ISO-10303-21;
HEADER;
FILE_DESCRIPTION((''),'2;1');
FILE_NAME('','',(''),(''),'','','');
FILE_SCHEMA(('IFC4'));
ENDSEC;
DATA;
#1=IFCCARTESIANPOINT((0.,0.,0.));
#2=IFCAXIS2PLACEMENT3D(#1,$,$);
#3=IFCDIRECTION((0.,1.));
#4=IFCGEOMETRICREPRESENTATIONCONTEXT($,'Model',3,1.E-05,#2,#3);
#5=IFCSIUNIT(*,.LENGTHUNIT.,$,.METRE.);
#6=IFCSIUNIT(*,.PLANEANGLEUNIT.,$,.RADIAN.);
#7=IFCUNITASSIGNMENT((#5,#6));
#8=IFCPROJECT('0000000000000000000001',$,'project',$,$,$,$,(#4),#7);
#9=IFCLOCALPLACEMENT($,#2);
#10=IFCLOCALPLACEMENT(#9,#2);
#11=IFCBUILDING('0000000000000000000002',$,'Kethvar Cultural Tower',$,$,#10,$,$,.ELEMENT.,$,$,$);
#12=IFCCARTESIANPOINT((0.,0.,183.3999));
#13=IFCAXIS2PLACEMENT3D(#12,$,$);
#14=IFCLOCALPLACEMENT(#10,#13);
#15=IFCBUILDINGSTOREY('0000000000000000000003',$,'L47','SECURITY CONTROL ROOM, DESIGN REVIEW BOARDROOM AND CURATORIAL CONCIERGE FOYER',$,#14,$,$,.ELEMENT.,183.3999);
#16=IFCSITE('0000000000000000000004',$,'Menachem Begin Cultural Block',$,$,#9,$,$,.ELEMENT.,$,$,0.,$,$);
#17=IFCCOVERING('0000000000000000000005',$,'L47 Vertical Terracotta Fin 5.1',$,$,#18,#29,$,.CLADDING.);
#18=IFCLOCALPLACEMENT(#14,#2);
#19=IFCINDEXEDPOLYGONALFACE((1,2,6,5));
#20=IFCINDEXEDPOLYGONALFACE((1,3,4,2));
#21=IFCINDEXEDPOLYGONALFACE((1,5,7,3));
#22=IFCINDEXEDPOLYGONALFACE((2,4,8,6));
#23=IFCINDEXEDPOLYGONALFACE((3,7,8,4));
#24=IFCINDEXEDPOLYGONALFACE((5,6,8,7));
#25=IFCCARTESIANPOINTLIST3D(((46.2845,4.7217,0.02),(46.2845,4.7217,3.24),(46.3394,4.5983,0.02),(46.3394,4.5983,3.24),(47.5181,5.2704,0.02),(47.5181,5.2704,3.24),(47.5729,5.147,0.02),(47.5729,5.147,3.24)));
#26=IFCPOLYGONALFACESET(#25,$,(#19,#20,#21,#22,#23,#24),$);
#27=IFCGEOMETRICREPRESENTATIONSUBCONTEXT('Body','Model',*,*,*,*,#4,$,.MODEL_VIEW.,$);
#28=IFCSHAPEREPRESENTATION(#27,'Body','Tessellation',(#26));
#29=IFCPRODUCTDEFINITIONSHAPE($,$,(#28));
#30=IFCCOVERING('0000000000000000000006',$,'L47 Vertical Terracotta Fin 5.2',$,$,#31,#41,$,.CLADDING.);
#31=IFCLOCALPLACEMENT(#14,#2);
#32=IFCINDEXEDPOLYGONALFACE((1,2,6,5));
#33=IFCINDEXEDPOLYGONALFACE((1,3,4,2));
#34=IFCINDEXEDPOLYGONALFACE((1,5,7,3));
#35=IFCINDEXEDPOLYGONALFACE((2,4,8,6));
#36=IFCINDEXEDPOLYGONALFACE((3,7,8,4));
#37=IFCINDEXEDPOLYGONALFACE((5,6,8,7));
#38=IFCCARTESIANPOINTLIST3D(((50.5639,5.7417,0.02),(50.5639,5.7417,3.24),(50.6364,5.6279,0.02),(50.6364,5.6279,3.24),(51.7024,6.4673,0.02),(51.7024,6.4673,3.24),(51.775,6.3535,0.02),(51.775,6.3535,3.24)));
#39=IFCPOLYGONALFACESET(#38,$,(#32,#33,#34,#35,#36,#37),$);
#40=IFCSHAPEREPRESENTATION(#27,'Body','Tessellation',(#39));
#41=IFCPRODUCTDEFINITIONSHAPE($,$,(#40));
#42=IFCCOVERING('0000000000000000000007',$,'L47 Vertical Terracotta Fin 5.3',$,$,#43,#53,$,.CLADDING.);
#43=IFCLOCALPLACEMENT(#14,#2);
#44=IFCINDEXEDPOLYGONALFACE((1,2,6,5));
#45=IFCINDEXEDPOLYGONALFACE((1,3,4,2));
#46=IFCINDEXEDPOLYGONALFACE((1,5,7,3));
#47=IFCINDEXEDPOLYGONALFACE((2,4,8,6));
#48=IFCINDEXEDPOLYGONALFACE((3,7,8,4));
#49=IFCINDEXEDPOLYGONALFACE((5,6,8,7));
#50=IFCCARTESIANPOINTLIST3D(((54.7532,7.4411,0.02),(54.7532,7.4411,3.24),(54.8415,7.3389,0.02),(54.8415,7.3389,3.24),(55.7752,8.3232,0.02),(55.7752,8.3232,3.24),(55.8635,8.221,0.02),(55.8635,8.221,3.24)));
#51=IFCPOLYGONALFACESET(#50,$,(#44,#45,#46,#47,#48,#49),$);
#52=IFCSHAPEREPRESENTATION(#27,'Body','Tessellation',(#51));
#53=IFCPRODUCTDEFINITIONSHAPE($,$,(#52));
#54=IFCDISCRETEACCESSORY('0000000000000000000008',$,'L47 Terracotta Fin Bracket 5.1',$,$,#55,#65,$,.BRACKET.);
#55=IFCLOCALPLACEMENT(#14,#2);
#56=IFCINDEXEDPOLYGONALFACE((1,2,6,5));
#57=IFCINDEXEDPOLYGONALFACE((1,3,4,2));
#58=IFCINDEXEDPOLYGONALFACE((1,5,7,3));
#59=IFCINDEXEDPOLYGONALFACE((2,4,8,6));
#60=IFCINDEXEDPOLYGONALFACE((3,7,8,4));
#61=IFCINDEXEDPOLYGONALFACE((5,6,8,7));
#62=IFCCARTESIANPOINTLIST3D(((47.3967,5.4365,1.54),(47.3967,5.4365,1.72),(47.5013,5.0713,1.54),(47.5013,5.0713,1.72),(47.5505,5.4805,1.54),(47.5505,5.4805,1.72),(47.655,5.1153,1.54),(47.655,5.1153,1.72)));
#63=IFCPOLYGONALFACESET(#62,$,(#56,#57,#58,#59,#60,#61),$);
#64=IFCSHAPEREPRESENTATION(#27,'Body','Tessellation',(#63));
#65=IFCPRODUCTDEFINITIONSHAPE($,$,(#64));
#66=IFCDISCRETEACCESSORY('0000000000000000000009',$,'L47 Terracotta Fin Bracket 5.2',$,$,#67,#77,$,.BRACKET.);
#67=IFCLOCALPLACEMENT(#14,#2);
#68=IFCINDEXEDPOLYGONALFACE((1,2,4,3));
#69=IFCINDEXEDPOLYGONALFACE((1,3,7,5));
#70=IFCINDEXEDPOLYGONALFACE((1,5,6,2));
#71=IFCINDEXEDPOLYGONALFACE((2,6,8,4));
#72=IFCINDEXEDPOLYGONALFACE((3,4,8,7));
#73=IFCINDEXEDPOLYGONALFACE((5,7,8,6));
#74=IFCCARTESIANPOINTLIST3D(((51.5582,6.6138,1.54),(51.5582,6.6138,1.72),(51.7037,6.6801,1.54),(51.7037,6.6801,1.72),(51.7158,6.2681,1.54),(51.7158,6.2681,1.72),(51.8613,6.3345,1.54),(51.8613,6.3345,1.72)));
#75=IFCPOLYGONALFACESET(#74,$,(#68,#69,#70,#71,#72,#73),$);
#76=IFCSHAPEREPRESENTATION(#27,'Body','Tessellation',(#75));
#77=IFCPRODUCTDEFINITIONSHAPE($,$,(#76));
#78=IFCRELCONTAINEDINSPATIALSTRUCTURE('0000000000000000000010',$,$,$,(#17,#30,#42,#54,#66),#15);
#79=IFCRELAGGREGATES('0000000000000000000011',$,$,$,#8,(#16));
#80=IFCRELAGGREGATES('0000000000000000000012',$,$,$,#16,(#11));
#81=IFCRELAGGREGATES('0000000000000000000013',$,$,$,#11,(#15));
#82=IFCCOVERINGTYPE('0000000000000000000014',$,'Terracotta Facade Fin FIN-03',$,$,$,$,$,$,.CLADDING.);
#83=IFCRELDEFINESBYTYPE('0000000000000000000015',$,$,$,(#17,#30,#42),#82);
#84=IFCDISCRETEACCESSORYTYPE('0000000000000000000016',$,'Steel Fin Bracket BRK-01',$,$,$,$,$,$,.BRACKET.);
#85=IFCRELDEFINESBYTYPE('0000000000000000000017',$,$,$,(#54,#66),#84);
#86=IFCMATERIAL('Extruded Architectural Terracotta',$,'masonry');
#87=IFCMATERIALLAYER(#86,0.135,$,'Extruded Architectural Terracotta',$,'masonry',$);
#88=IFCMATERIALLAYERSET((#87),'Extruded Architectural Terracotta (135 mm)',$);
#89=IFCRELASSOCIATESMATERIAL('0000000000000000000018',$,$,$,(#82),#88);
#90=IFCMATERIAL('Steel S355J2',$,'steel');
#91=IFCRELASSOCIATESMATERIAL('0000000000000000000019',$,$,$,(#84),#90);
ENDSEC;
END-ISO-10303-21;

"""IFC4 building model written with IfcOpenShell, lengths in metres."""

from ifc_helpers import new_model, si_unit, direction, frame, origin, origin_2d, place, context, subcontext, project, spatial, rectangle, extrude, source, transform, mapped, material, layer, layer_set, type_object, element, save


model = new_model("IFC4")

# Units and contexts
model_context = context("Model", 3, precision=1e-05, world=origin(), true_north=direction((0.0, 1.0)))
body_context = subcontext(model_context, "Body", "Model", "MODEL_VIEW")
ifc_project = project(units=[si_unit("LENGTHUNIT", "METRE"), si_unit("PLANEANGLEUNIT", "RADIAN")], contexts=[model_context])

# Site, building, storey
site_placement = place(None, origin())
site = spatial("IfcSite", under=ifc_project, at=site_placement, Name="Menachem Begin Cultural Block", CompositionType="ELEMENT", RefElevation=0.0)
building_placement = place(site_placement, origin())
building = spatial("IfcBuilding", under=site, at=building_placement, Name="Kethvar Cultural Tower", CompositionType="ELEMENT")
storey_placement = place(building_placement, frame((0.0, 0.0, 183.3999)))
storey = spatial("IfcBuildingStorey", under=building, at=storey_placement, Name="L47", Description="SECURITY CONTROL ROOM, DESIGN REVIEW BOARDROOM AND CURATORIAL CONCIERGE FOYER", CompositionType="ELEMENT", Elevation=183.3999)

# Shared definitions
ifc_material_1 = material(Name="Steel S355J2", Category="steel")

# Coverings
ifc_material_2 = material(Name="Extruded Architectural Terracotta", Category="masonry")
ifc_layer_1 = layer(ifc_material_2, 0.135, Name="Extruded Architectural Terracotta", Category="masonry")
ifc_layer_set_1 = layer_set([ifc_layer_1], Name="Extruded Architectural Terracotta (135 mm)")
covering_type = type_object("IfcCoveringType", Name="Terracotta Facade Fin FIN-03", PredefinedType="CLADDING", material=ifc_layer_set_1)
shared_shape_1 = source(origin(), body_context, "Body", "SweptSolid", [
    extrude(rectangle(XDim=1.3501, YDim=0.135, at=origin_2d()), origin(), (0.0, 0.0, 1.0), 3.22),
])
for number, where, z_axis, x_axis, name in (
    (1, (46.9287, 4.9343, 0.02), (0.0, 0.0, 1.0), (-0.913687, -0.406418, 0.0), "L47 Vertical Terracotta Fin 5.1"),
    (2, (51.1694, 6.0476, 0.02), (0.0, 0.0, 1.0), (-0.843298, -0.537447, 0.0), "L47 Vertical Terracotta Fin 5.2"),
    (3, (55.3083, 7.8311, 0.02), (0.0, 0.0, 1.0), (-0.756995, -0.653421, 0.0), "L47 Vertical Terracotta Fin 5.3"),
):
    element("IfcCovering", number, at=place(storey_placement, frame(where, z_axis=z_axis, x_axis=x_axis)), inside=storey, type_object=covering_type, Name=name, PredefinedType="CLADDING", context=body_context, shape_type="MappedRepresentation", body=[
        mapped(shared_shape_1, transform((0.0, 0.0, 0.0), scale=1.0)),
    ])

# Discrete accessories
discrete_accessory_type = type_object("IfcDiscreteAccessoryType", Name="Steel Fin Bracket BRK-01", PredefinedType="BRACKET", material=ifc_material_1)
shared_shape_2 = source(origin(), body_context, "Body", "SweptSolid", [
    extrude(rectangle(XDim=0.3799, YDim=0.1599, at=origin_2d()), origin(), (0.0, 0.0, 1.0), 0.1799),
])
for number, where, z_axis, x_axis, name in (
    (4, (47.5259, 5.2759, 1.54), (0.0, 0.0, 1.0), (0.275302, -0.961358, 0.0), "L47 Terracotta Fin Bracket 5.1"),
    (5, (51.7097, 6.4741, 1.54), (0.0, 0.0, 1.0), (0.414852, -0.909889, 0.0), "L47 Terracotta Fin Bracket 5.2"),
):
    element("IfcDiscreteAccessory", number, at=place(storey_placement, frame(where, z_axis=z_axis, x_axis=x_axis)), inside=storey, type_object=discrete_accessory_type, Name=name, PredefinedType="BRACKET", context=body_context, shape_type="MappedRepresentation", body=[
        mapped(shared_shape_2, transform((0.0, 0.0, 0.0), scale=1.0)),
    ])

save(model, "model.ifc")
